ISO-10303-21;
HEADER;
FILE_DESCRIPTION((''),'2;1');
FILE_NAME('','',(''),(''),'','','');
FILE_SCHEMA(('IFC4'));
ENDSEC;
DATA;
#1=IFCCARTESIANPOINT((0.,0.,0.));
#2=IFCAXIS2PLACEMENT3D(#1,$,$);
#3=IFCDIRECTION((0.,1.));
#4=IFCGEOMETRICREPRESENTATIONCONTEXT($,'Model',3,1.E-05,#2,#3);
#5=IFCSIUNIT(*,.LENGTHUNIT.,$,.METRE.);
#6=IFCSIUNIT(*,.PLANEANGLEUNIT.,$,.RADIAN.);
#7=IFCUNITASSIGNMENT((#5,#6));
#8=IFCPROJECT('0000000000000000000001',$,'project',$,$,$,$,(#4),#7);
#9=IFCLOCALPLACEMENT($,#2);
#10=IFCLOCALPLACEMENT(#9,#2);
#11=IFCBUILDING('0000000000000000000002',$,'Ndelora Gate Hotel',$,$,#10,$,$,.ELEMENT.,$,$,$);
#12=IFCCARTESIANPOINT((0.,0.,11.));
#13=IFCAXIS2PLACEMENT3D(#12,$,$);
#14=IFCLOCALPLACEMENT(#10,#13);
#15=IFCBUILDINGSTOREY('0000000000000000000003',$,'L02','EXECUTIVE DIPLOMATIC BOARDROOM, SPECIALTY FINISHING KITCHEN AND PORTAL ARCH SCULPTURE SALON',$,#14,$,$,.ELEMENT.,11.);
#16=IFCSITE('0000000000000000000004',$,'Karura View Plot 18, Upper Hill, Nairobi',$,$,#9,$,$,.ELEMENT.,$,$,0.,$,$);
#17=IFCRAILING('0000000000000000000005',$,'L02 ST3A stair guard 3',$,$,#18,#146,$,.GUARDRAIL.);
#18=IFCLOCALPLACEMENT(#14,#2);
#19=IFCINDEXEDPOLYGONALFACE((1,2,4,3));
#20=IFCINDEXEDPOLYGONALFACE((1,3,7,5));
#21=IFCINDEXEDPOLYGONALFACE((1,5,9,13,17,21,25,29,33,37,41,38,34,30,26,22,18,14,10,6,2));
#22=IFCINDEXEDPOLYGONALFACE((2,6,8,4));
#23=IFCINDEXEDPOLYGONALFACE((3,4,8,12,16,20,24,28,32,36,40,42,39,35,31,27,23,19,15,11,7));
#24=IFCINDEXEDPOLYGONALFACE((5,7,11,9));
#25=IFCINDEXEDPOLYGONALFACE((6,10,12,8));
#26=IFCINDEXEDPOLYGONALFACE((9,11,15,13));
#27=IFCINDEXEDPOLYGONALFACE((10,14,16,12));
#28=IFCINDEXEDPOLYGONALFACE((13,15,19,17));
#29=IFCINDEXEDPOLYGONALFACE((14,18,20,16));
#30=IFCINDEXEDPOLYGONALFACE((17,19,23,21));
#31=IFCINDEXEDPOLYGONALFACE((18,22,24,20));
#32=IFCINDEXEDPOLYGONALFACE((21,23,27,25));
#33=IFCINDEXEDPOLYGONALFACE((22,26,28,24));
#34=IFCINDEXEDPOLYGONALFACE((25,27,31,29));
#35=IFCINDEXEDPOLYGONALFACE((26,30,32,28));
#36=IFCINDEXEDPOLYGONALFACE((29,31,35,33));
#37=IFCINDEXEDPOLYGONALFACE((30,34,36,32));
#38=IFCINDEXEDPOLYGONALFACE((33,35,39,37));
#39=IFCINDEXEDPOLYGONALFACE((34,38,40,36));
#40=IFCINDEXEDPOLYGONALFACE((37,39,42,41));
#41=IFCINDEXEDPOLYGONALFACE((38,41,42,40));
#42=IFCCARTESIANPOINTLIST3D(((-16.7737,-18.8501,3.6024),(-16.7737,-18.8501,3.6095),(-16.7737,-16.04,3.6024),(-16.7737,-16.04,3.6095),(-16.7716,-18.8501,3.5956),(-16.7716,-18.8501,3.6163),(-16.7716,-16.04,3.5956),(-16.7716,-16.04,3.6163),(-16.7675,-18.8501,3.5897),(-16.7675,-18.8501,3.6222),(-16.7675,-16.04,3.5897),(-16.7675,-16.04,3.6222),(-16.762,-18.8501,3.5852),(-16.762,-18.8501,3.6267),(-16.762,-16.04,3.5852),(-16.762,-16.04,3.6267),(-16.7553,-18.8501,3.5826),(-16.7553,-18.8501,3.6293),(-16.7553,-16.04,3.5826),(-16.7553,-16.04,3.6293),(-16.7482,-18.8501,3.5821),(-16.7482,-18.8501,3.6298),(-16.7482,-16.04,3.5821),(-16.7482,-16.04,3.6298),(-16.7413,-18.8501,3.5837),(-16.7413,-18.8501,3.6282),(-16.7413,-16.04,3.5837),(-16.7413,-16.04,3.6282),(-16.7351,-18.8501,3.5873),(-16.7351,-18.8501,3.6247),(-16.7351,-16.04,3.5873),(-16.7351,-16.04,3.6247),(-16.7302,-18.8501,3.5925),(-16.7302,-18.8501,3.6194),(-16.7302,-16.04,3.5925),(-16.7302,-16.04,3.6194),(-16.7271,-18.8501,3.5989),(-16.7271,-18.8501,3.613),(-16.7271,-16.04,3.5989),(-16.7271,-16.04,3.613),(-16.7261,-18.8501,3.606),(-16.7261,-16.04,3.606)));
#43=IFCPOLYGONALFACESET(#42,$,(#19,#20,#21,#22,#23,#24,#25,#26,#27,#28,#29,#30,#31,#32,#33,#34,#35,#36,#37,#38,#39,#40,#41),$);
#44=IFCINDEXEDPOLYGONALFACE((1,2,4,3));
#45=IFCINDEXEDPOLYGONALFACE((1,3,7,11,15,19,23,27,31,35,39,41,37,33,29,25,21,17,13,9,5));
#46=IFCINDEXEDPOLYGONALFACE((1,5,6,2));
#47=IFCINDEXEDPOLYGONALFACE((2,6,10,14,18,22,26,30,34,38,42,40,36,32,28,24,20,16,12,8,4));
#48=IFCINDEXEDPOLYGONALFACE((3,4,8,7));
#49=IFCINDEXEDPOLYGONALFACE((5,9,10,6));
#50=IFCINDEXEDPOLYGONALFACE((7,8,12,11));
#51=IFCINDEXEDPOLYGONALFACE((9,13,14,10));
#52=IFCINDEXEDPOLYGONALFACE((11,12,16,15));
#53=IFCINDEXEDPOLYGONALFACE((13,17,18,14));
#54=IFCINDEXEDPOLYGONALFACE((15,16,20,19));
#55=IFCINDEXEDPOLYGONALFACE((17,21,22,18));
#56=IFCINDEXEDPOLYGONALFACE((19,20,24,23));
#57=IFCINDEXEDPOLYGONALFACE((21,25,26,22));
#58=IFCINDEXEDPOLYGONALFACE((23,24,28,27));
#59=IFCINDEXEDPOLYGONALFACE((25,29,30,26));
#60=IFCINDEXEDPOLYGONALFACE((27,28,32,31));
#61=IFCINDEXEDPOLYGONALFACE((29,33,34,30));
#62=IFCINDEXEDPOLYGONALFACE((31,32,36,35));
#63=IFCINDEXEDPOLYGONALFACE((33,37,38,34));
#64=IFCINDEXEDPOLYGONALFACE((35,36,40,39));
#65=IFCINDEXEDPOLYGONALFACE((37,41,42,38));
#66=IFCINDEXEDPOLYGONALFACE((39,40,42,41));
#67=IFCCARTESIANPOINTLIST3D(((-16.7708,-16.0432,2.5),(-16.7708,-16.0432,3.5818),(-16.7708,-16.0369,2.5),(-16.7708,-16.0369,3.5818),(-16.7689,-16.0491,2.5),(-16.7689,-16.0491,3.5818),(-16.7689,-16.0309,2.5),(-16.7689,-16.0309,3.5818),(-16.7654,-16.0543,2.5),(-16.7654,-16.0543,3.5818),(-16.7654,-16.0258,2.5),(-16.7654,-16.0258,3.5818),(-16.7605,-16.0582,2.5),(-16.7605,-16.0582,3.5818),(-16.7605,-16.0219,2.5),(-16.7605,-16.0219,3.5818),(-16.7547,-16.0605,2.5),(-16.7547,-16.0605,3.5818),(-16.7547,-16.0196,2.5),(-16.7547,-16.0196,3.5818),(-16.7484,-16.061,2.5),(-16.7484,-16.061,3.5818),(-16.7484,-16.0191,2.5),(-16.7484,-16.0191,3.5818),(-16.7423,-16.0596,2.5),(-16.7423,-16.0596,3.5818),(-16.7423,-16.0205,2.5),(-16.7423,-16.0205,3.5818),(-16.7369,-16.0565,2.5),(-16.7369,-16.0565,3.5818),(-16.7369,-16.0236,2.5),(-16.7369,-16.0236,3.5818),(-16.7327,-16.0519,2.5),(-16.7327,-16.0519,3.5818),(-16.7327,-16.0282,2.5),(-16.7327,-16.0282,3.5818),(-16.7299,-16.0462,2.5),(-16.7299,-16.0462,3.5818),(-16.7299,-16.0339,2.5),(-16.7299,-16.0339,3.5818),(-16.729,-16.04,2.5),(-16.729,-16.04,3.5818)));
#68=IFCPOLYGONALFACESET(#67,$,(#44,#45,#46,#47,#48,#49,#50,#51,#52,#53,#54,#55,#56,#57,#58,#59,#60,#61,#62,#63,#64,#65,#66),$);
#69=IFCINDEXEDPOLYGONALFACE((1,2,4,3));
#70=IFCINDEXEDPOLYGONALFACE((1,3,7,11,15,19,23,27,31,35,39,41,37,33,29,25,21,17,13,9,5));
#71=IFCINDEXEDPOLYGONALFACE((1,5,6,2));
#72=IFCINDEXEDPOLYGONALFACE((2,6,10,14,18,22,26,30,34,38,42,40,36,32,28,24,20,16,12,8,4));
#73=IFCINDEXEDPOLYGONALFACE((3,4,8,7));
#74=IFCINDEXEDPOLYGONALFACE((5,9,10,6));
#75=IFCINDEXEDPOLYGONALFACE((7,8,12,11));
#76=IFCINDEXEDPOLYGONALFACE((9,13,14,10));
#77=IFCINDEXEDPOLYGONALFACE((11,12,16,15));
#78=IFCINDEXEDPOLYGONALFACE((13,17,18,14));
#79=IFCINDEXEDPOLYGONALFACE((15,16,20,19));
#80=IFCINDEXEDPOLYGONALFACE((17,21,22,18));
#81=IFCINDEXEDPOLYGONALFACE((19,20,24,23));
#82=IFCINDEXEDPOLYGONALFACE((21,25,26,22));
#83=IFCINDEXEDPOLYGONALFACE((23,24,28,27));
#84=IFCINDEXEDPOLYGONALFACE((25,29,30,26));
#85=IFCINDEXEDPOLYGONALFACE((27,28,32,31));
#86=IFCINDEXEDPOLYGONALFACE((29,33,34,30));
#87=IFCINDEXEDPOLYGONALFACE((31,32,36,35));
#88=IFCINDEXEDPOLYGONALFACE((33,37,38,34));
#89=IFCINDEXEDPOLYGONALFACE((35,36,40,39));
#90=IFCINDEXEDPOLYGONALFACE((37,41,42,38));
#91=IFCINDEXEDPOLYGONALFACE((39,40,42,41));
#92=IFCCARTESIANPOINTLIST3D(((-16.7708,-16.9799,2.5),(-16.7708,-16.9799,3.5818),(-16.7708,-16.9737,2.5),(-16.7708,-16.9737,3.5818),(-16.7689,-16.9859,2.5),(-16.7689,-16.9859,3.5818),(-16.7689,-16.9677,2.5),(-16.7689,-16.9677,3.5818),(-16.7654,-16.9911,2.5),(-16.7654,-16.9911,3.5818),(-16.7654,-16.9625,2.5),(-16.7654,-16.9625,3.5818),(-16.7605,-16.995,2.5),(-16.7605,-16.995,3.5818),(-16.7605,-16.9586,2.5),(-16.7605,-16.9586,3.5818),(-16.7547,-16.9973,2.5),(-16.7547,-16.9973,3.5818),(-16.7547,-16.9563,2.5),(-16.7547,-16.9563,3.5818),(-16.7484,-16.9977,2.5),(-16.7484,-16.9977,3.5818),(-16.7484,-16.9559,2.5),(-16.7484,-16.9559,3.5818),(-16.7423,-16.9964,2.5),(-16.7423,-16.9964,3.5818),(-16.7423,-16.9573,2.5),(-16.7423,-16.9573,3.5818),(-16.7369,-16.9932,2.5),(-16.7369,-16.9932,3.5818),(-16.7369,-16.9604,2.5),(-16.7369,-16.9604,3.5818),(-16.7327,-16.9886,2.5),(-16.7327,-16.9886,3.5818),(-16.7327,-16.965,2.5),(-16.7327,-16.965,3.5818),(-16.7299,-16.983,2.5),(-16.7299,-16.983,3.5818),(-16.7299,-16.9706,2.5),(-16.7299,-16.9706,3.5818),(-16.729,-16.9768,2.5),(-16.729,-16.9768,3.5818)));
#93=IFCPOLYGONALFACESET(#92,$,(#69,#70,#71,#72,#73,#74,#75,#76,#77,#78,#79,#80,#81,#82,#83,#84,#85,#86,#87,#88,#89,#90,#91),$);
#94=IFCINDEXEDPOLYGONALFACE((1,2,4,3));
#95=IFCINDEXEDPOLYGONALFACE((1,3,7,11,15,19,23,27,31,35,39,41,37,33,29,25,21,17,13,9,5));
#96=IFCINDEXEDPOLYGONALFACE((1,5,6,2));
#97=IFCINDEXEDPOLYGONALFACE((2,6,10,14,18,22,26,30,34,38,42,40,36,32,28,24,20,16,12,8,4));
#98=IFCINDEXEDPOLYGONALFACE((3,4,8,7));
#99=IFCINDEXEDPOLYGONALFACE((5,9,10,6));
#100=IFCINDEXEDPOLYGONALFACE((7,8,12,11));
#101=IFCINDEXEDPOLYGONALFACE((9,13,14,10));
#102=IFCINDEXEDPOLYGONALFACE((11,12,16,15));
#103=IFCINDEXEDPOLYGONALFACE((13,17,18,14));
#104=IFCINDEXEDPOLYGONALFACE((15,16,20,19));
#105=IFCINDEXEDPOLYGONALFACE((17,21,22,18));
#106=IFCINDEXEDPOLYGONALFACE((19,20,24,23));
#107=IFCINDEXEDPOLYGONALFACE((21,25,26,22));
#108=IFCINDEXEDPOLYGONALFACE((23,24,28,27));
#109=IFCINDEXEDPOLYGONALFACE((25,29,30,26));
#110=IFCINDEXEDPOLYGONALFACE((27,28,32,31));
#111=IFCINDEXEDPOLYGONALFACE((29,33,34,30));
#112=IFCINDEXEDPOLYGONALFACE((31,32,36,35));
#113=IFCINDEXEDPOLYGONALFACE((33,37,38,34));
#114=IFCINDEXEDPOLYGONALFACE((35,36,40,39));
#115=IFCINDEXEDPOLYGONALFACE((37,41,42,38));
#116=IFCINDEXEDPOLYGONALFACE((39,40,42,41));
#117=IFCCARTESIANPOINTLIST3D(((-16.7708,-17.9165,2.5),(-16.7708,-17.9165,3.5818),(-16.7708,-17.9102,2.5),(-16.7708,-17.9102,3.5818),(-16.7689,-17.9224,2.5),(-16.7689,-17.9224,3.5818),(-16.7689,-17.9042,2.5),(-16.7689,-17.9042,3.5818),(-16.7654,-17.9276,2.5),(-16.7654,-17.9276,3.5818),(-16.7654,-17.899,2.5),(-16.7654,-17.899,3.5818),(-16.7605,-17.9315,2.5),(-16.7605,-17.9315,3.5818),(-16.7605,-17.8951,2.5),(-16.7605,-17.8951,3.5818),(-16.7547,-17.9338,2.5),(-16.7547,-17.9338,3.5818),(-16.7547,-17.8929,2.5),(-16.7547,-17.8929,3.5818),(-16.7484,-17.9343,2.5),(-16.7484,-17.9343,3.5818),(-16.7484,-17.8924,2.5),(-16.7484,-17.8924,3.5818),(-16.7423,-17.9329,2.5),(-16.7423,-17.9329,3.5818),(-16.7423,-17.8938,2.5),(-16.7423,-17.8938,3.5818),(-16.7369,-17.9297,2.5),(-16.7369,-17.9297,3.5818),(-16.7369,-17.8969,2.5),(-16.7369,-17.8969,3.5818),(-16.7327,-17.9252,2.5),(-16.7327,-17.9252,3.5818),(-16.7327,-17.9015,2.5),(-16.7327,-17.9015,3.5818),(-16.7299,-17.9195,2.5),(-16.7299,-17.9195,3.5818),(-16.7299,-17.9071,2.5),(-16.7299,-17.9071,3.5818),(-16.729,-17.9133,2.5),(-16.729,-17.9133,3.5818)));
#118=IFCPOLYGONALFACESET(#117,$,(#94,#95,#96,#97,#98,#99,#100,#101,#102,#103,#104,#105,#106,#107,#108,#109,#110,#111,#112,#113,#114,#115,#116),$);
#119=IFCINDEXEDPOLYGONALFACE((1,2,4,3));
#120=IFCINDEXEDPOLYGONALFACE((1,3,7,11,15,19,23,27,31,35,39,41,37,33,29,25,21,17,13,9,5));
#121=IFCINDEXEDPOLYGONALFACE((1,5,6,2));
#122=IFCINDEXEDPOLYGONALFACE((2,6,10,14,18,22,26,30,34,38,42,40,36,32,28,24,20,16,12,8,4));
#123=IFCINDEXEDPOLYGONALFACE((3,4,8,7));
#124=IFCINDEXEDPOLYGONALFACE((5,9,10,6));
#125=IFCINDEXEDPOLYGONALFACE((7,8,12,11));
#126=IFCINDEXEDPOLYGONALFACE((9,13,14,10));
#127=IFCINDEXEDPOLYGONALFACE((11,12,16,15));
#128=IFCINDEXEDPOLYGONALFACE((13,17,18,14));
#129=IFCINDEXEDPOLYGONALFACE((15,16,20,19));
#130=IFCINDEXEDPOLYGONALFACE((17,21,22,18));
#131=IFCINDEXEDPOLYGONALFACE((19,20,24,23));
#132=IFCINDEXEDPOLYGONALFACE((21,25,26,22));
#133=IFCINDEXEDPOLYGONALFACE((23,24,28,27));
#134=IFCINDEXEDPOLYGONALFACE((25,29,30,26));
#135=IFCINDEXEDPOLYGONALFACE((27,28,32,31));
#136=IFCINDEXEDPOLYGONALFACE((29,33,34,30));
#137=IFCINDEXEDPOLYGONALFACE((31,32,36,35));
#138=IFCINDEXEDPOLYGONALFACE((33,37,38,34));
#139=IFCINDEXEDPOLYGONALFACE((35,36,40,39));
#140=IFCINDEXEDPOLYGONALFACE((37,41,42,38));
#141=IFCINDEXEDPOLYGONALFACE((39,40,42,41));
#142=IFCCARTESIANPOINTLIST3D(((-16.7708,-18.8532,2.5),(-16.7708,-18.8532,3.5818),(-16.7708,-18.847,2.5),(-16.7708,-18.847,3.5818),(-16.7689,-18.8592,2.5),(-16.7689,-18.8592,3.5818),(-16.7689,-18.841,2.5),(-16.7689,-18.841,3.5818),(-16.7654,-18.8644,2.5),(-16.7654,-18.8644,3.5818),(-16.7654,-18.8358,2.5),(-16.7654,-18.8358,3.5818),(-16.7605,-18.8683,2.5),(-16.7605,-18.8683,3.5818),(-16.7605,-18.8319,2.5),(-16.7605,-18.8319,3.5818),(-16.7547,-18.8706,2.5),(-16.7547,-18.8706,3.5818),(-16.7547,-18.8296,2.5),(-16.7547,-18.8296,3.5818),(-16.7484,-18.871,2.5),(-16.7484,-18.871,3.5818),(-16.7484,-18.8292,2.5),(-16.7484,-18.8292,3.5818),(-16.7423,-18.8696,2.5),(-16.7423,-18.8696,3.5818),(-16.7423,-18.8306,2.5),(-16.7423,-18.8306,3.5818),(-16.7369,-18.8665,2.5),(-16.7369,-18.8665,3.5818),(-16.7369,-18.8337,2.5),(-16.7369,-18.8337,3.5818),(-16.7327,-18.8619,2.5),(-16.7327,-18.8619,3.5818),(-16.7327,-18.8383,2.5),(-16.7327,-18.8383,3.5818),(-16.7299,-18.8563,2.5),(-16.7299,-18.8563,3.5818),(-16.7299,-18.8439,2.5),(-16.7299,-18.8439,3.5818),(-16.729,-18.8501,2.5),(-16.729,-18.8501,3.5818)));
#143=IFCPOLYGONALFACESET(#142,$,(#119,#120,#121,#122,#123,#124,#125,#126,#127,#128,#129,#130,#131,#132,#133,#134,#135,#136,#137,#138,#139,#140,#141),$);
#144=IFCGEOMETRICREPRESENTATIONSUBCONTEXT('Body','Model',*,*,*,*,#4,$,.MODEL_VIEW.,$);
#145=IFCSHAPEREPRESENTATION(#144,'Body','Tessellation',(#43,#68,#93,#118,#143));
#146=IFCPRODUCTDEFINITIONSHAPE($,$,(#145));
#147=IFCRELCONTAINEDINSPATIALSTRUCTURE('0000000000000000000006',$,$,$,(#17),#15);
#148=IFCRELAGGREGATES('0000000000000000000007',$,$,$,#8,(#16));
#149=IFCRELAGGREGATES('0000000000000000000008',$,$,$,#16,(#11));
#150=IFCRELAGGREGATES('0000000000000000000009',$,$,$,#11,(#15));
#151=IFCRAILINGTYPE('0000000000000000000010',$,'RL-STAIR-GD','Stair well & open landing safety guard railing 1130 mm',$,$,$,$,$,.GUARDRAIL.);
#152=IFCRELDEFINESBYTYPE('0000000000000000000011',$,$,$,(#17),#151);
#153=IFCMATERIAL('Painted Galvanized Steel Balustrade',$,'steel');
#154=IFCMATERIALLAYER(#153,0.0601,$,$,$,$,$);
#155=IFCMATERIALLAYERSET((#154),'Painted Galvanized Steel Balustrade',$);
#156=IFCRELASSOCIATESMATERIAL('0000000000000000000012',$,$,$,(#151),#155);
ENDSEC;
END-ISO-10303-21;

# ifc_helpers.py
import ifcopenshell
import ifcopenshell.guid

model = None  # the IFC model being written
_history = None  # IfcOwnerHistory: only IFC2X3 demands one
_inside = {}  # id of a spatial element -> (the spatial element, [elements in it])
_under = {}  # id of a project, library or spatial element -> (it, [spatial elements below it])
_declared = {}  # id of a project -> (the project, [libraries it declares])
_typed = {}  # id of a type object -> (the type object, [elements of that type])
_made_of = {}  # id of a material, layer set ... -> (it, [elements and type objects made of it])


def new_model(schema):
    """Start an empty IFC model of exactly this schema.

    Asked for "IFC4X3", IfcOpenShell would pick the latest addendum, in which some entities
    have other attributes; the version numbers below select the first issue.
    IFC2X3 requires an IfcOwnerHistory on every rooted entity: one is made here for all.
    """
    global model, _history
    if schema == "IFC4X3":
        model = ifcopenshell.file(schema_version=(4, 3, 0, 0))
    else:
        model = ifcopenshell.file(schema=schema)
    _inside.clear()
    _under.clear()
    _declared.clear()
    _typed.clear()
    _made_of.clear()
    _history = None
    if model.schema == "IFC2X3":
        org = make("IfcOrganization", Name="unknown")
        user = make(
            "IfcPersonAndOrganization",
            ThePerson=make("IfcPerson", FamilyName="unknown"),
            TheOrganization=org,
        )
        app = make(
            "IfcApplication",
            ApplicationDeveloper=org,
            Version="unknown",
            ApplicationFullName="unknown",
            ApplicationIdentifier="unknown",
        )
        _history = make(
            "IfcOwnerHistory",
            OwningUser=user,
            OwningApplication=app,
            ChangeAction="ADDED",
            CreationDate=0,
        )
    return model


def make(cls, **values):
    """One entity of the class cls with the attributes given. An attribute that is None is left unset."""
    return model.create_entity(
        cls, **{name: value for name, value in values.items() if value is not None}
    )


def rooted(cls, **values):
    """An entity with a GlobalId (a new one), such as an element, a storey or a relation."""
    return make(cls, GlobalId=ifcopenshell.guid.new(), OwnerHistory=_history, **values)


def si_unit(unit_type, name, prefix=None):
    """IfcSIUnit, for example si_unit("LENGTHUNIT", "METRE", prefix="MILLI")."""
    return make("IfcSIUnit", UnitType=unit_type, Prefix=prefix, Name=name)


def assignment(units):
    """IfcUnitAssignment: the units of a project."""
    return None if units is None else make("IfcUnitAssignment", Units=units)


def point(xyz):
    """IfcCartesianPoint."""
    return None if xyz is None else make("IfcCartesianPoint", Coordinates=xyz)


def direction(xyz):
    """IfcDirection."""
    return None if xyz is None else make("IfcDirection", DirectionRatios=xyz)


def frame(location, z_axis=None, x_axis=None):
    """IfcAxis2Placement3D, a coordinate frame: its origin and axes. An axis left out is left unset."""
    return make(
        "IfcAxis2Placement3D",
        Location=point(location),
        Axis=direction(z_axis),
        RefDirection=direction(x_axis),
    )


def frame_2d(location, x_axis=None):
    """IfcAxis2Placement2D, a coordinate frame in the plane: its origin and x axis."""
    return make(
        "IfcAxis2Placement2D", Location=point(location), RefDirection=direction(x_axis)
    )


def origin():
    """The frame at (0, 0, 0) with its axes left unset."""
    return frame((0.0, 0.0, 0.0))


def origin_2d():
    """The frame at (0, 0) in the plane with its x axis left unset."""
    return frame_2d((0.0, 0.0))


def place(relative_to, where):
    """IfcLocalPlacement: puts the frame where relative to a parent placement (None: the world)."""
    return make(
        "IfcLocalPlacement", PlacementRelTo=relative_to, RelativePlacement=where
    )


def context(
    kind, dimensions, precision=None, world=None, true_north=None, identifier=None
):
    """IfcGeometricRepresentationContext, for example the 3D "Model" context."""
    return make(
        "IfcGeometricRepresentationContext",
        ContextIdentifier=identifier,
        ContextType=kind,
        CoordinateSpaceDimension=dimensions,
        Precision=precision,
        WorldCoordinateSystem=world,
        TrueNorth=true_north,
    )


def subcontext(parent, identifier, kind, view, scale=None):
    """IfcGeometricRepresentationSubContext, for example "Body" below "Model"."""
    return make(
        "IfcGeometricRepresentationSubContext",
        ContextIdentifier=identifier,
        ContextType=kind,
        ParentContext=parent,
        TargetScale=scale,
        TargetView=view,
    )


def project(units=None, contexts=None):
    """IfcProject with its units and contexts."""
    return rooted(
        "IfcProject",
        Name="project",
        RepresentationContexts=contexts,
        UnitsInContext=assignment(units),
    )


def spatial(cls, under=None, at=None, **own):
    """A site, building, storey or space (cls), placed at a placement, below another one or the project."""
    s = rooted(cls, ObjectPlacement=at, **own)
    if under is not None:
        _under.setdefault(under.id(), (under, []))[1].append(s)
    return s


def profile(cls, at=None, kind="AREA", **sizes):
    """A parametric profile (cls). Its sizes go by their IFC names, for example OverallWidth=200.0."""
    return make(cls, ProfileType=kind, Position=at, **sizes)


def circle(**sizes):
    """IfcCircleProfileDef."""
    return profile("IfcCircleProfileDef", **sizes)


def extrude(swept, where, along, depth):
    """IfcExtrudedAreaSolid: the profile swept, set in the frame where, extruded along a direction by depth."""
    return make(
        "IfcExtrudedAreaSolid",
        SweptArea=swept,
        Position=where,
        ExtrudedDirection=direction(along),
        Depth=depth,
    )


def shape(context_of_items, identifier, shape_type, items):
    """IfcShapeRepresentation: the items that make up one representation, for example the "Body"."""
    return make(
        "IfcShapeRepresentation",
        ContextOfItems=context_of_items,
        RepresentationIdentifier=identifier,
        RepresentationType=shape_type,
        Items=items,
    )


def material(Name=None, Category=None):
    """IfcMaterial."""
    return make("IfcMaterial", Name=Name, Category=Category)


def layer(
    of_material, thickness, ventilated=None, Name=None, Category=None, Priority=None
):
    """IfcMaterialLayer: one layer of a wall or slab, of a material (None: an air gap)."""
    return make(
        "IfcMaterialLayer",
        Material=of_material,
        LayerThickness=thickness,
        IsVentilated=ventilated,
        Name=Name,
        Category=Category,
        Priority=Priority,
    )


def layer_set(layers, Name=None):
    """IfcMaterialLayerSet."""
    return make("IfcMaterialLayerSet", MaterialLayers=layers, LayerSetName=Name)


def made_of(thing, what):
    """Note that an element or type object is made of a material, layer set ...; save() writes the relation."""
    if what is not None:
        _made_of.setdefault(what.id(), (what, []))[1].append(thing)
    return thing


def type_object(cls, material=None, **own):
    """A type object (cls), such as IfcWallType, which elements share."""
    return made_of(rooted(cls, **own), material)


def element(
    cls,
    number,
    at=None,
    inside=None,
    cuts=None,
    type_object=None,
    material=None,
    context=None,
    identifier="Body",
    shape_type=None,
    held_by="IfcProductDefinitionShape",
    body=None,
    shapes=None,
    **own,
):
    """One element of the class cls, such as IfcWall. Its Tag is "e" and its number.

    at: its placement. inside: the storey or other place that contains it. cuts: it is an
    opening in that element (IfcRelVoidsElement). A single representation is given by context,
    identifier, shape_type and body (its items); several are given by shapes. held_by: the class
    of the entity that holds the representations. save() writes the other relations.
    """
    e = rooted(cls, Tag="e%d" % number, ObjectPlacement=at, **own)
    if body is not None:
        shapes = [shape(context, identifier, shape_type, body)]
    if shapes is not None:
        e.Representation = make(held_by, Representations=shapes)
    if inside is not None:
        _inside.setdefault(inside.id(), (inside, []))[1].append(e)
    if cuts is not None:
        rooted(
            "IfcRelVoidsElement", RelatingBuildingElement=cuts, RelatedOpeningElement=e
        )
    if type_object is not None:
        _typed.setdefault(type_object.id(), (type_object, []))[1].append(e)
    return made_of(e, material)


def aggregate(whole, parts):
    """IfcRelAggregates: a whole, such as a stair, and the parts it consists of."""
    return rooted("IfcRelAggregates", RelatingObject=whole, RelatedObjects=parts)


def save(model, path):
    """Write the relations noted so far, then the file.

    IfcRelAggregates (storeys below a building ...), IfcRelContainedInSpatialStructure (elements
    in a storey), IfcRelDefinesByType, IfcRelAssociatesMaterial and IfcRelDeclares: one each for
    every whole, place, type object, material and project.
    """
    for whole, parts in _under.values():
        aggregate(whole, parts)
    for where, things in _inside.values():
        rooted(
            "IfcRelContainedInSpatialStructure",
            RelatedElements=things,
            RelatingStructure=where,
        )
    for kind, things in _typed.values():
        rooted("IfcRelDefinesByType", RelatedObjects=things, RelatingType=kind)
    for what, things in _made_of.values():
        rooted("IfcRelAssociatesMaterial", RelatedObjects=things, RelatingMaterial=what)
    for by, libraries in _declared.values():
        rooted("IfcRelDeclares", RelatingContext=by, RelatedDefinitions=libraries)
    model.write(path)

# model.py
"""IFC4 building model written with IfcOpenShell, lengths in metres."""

from ifc_helpers import new_model, si_unit, direction, frame, origin, origin_2d, place, context, subcontext, project, spatial, circle, extrude, material, layer, layer_set, type_object, element, save


model = new_model("IFC4")

# Units and contexts
model_context = context("Model", 3, precision=1e-05, world=origin(), true_north=direction((0.0, 1.0)))
body_context = subcontext(model_context, "Body", "Model", "MODEL_VIEW")
ifc_project = project(units=[si_unit("LENGTHUNIT", "METRE"), si_unit("PLANEANGLEUNIT", "RADIAN")], contexts=[model_context])

# Site, building, storey
site_placement = place(None, origin())
site = spatial("IfcSite", under=ifc_project, at=site_placement, Name="Karura View Plot 18, Upper Hill, Nairobi", CompositionType="ELEMENT", RefElevation=0.0)
building_placement = place(site_placement, origin())
building = spatial("IfcBuilding", under=site, at=building_placement, Name="Ndelora Gate Hotel", CompositionType="ELEMENT")
storey_placement = place(building_placement, frame((0.0, 0.0, 11.0)))
storey = spatial("IfcBuildingStorey", under=building, at=storey_placement, Name="L02", Description="EXECUTIVE DIPLOMATIC BOARDROOM, SPECIALTY FINISHING KITCHEN AND PORTAL ARCH SCULPTURE SALON", CompositionType="ELEMENT", Elevation=11.0)

# Railing
ifc_material_1 = material(Name="Painted Galvanized Steel Balustrade", Category="steel")
ifc_layer_1 = layer(ifc_material_1, 0.0601)
ifc_layer_set_1 = layer_set([ifc_layer_1], Name="Painted Galvanized Steel Balustrade")
railing_type_1 = type_object("IfcRailingType", Name="RL-STAIR-GD", Description="Stair well & open landing safety guard railing 1130 mm", PredefinedType="GUARDRAIL", material=ifc_layer_set_1)
for number, where, name in (
    (1, (-16.75, -16.04, 2.5), "L02 ST3A stair guard 3"),
):
    element("IfcRailing", number, at=place(storey_placement, frame(where)), inside=storey, type_object=railing_type_1, Name=name, PredefinedType="GUARDRAIL", context=body_context, shape_type="SweptSolid", body=[
        extrude(circle(Radius=0.0239, at=origin_2d()), frame((0.0, 0.0, 1.106), z_axis=(0.0, -1.0, 0.0), x_axis=(1.0, 0.0, 0.0)), (0.0, 0.0, 1.0), 2.8101),
        extrude(circle(Radius=0.021, at=origin_2d()), origin(), (0.0, 0.0, 1.0), 1.0818),
        extrude(circle(Radius=0.021, at=origin_2d()), frame((0.0, -0.9368, 0.0)), (0.0, 0.0, 1.0), 1.0818),
        extrude(circle(Radius=0.021, at=origin_2d()), frame((0.0, -1.8733, 0.0)), (0.0, 0.0, 1.0), 1.0818),
        extrude(circle(Radius=0.021, at=origin_2d()), frame((0.0, -2.8101, 0.0)), (0.0, 0.0, 1.0), 1.0818),
    ])

save(model, "model.ifc")
